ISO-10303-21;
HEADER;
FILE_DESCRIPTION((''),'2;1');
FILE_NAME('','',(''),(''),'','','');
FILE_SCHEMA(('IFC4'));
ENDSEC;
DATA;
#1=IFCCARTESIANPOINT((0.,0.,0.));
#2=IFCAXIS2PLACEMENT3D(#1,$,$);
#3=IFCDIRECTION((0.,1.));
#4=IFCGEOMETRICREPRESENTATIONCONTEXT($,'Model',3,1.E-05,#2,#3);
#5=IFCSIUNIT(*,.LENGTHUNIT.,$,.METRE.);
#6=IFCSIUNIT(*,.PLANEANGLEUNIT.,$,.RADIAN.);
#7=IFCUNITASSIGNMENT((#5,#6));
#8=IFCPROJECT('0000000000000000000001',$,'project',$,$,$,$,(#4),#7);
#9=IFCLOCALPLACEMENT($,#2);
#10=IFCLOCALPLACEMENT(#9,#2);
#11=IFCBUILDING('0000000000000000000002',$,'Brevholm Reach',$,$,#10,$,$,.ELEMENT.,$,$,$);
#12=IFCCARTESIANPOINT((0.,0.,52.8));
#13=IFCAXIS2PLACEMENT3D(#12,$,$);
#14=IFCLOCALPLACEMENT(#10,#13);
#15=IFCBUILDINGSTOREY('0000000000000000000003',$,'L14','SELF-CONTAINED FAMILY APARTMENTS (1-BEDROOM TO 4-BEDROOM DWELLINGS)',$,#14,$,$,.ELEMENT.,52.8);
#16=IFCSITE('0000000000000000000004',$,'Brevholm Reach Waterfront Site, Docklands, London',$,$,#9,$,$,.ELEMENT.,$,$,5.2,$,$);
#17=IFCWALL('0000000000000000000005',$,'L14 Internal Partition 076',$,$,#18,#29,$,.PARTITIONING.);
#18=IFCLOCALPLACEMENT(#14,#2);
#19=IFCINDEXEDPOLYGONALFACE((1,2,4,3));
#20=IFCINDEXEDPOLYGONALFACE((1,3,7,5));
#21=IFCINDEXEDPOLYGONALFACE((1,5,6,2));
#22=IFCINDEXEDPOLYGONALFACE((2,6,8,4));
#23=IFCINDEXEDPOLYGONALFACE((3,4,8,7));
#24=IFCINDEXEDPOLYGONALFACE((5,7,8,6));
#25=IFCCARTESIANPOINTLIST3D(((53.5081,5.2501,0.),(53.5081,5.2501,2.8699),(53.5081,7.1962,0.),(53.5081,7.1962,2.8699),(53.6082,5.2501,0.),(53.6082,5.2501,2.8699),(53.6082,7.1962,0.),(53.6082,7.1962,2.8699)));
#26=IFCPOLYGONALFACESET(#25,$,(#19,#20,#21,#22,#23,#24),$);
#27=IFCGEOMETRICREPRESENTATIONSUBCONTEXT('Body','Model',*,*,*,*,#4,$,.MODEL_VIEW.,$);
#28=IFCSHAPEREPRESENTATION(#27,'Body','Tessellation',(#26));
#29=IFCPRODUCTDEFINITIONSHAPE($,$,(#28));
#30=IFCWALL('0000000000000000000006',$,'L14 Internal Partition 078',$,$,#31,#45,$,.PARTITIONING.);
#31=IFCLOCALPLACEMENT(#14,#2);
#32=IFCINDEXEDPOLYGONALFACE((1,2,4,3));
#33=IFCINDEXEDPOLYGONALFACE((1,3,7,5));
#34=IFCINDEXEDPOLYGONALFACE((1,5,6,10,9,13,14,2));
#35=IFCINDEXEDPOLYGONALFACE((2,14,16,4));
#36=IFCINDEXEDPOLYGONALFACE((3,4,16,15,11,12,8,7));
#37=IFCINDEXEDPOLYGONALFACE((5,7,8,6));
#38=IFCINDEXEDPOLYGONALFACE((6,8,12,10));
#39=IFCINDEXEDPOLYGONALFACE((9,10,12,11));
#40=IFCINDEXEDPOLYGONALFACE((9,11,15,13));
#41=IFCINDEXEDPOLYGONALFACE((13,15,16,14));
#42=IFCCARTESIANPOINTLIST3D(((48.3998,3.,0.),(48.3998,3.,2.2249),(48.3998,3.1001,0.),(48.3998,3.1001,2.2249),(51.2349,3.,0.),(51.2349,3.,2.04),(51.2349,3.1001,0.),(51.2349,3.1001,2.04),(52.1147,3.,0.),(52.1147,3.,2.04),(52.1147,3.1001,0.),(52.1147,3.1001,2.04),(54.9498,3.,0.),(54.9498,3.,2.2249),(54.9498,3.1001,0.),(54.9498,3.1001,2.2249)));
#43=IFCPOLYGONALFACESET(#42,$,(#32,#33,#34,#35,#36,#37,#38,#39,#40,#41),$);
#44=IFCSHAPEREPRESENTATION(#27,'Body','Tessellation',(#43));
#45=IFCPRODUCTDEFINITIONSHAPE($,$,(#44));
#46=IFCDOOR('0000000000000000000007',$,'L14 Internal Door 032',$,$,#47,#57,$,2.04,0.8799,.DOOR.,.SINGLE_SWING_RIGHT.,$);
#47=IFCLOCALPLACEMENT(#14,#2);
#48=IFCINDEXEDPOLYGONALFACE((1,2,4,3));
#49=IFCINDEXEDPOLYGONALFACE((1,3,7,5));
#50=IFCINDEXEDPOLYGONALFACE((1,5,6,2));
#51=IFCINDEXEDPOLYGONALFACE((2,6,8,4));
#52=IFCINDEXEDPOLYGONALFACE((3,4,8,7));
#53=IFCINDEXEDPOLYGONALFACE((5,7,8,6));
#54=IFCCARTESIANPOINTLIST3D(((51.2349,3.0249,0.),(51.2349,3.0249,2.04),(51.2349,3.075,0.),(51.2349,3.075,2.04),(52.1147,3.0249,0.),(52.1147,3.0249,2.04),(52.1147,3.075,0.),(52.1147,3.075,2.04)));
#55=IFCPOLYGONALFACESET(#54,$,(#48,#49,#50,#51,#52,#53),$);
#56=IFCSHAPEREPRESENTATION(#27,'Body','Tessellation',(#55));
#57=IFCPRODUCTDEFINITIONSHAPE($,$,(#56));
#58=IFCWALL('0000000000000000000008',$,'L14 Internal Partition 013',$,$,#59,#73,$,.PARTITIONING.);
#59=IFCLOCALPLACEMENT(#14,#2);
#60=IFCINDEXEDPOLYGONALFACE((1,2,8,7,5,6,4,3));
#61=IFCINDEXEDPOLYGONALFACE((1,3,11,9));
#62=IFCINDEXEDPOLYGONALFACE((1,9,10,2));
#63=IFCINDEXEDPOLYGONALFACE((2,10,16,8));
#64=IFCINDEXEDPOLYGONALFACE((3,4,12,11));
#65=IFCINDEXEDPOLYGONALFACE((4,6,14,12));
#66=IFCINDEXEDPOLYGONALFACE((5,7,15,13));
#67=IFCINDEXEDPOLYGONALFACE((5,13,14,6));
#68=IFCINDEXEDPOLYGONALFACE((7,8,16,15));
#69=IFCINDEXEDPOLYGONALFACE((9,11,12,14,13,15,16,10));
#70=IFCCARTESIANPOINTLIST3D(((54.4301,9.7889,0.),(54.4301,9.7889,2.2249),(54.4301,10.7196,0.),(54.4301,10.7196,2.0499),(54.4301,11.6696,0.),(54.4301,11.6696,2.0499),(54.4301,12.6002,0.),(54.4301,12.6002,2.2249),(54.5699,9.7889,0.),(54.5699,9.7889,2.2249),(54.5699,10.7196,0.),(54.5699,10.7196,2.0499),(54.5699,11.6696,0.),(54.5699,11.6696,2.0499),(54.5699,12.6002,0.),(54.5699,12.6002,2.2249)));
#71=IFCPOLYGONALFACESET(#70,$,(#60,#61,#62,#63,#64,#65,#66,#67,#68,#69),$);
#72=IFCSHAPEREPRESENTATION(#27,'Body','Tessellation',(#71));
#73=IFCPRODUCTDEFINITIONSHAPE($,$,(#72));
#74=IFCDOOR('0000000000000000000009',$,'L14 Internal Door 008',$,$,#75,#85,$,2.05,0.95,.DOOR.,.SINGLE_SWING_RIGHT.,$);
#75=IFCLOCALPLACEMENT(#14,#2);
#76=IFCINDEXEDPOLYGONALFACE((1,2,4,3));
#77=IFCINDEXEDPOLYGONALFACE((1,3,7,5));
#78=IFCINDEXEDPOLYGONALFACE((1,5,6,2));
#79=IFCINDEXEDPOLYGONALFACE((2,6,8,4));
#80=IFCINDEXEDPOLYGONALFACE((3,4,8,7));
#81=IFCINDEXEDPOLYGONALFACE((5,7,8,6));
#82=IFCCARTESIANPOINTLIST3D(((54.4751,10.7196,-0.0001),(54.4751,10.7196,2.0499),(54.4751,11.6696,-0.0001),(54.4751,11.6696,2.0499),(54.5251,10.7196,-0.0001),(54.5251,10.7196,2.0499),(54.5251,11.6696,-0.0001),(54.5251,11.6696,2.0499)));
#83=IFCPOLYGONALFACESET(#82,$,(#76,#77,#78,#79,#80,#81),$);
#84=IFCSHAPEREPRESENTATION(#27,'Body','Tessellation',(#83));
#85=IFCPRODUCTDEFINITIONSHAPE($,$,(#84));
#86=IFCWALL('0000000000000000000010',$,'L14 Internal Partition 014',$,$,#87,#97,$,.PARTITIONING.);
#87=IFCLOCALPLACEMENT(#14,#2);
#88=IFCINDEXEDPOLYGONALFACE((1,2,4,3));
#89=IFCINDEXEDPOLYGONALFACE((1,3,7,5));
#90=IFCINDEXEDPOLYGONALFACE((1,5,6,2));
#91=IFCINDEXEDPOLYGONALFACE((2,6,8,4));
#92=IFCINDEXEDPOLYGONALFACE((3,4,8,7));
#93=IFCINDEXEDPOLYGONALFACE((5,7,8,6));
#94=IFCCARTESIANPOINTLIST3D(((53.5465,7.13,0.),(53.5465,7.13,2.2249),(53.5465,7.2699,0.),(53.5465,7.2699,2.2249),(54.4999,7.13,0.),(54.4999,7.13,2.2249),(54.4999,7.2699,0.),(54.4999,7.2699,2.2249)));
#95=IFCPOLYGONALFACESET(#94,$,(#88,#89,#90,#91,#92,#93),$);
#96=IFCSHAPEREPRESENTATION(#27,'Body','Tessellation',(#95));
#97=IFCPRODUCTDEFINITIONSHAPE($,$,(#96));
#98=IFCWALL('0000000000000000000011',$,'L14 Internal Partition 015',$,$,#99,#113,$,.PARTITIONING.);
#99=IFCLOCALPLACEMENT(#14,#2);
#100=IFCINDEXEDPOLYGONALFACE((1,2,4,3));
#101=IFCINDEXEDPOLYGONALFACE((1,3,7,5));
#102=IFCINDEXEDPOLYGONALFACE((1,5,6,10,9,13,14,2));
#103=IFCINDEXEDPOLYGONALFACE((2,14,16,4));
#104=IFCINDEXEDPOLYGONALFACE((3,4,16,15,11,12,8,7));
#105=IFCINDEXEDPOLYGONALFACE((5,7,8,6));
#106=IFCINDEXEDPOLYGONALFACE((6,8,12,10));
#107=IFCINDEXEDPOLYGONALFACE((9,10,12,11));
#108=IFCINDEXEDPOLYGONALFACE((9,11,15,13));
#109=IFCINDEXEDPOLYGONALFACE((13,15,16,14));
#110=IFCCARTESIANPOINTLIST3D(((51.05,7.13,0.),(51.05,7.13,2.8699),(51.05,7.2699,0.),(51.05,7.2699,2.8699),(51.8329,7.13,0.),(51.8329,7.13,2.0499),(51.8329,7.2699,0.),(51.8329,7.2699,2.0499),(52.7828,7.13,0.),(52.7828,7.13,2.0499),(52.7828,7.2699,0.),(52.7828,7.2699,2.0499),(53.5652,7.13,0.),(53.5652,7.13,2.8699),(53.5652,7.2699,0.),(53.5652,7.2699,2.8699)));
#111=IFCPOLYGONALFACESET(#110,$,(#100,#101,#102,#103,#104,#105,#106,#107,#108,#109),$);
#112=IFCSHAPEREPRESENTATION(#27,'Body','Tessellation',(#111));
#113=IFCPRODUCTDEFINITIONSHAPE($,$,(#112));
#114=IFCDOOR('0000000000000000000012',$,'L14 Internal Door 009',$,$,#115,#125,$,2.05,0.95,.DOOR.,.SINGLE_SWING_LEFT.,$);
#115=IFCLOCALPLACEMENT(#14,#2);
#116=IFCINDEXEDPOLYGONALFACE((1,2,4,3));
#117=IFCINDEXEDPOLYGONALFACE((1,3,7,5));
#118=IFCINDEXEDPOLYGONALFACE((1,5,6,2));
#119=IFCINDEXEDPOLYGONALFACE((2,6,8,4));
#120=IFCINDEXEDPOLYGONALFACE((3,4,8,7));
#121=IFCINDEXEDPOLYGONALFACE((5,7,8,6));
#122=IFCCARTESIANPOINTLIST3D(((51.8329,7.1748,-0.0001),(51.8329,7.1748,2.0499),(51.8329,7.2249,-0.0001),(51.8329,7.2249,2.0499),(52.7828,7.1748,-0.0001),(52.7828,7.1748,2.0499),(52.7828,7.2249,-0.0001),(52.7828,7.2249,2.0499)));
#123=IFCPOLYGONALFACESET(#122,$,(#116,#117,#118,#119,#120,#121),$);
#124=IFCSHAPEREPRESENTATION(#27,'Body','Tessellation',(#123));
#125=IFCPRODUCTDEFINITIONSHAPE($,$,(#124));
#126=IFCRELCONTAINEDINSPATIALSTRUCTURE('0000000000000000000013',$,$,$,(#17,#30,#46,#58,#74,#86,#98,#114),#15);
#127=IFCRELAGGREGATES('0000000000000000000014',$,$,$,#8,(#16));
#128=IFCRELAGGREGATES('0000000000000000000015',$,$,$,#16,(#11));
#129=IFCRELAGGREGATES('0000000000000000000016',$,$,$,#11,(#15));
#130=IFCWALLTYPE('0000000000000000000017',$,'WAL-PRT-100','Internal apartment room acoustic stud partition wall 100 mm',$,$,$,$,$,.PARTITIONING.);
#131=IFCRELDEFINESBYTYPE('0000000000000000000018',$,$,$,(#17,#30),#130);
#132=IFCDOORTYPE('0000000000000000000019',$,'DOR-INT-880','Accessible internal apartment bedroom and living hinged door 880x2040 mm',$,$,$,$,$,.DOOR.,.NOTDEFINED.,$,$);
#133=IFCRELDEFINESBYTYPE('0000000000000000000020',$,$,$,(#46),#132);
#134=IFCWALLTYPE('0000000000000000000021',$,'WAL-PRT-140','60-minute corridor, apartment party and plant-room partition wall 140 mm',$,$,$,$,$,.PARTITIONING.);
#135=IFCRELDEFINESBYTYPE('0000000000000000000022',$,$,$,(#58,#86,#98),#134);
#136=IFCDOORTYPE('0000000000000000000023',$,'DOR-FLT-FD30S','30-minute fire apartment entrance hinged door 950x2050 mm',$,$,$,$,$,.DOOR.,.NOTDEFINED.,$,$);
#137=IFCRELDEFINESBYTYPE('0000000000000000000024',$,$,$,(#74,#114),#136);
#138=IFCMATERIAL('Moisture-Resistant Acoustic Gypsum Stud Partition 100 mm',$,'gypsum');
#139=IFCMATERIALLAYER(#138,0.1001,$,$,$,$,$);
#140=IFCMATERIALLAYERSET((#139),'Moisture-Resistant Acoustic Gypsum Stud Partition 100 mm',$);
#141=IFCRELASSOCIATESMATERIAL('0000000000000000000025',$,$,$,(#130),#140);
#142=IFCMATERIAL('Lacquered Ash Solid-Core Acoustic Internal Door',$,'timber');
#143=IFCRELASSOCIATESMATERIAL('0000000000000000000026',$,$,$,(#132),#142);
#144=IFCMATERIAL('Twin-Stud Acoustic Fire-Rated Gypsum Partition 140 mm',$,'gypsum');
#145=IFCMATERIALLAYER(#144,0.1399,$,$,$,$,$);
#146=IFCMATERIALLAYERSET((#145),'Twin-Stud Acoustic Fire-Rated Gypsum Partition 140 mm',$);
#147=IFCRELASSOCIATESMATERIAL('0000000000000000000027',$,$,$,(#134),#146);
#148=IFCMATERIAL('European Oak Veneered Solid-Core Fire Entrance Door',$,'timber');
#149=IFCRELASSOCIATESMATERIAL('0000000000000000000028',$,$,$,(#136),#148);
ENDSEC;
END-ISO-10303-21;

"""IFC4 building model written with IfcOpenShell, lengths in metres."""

from ifc_helpers import new_model, si_unit, direction, frame, frame_2d, origin, place, context, subcontext, project, spatial, rectangle, extrude, material, layer, layer_set, type_object, element, fill, save


model = new_model("IFC4")

# Units and contexts
model_context = context("Model", 3, precision=1e-05, world=origin(), true_north=direction((0.0, 1.0)))
body_context = subcontext(model_context, "Body", "Model", "MODEL_VIEW")
ifc_project = project(units=[si_unit("LENGTHUNIT", "METRE"), si_unit("PLANEANGLEUNIT", "RADIAN")], contexts=[model_context])

# Site, building, storey
site_placement = place(None, origin())
site = spatial("IfcSite", under=ifc_project, at=site_placement, Name="Brevholm Reach Waterfront Site, Docklands, London", CompositionType="ELEMENT", RefElevation=5.2)
building_placement = place(site_placement, origin())
building = spatial("IfcBuilding", under=site, at=building_placement, Name="Brevholm Reach", CompositionType="ELEMENT")
storey_placement = place(building_placement, frame((0.0, 0.0, 52.8)))
storey = spatial("IfcBuildingStorey", under=building, at=storey_placement, Name="L14", Description="SELF-CONTAINED FAMILY APARTMENTS (1-BEDROOM TO 4-BEDROOM DWELLINGS)", CompositionType="ELEMENT", Elevation=52.8)

# Shared definitions
ifc_material_1 = material(Name="Moisture-Resistant Acoustic Gypsum Stud Partition 100 mm", Category="gypsum")
ifc_layer_1 = layer(ifc_material_1, 0.1001)
ifc_layer_set_1 = layer_set([ifc_layer_1], Name="Moisture-Resistant Acoustic Gypsum Stud Partition 100 mm")
wall_type_1 = type_object("IfcWallType", Name="WAL-PRT-100", Description="Internal apartment room acoustic stud partition wall 100 mm", PredefinedType="PARTITIONING", material=ifc_layer_set_1)
ifc_material_2 = material(Name="Lacquered Ash Solid-Core Acoustic Internal Door", Category="timber")
door_type_1 = type_object("IfcDoorType", Name="DOR-INT-880", Description="Accessible internal apartment bedroom and living hinged door 880x2040 mm", OperationType="NOTDEFINED", PredefinedType="DOOR", material=ifc_material_2)

# Wall
wall_1_placement = place(storey_placement, frame((53.5581, 5.25, 0.0), z_axis=(0.0, 0.0, 1.0), x_axis=(0.0, 1.0, 0.0)))
element("IfcWall", 1, at=wall_1_placement, inside=storey, type_object=wall_type_1, Name="L14 Internal Partition 076", PredefinedType="PARTITIONING", context=body_context, shape_type="SweptSolid", body=[
    extrude(rectangle(XDim=1.946, YDim=0.1001, at=frame_2d((0.9731, 0.0))), origin(), (0.0, 0.0, 1.0), 2.8699),
])

# Walls, openings, doors
wall_2_placement = place(storey_placement, frame((48.3999, 3.05, 0.0), z_axis=(0.0, 0.0, 1.0), x_axis=(1.0, 0.0, 0.0)))
wall_2 = element("IfcWall", 2, at=wall_2_placement, inside=storey, type_object=wall_type_1, Name="L14 Internal Partition 078", PredefinedType="PARTITIONING", context=body_context, shape_type="SweptSolid", body=[
    extrude(rectangle(XDim=6.55, YDim=0.1001, at=frame_2d((3.2749, 0.0))), origin(), (0.0, 0.0, 1.0), 2.2249),
])
opening_1_placement = place(wall_2_placement, frame((2.835, 0.0, 0.0)))
opening_1 = element("IfcOpeningElement", 3, at=opening_1_placement, cuts=wall_2, PredefinedType="OPENING", context=body_context, shape_type="SweptSolid", body=[
    extrude(rectangle(XDim=0.8799, YDim=2.04, at=frame_2d((0.4399, 1.02))), frame((0.0, 0.0601, 0.0), z_axis=(0.0, -1.0, 0.0), x_axis=(1.0, 0.0, 0.0)), (0.0, 0.0, 1.0), 0.1201),
])
door_1_placement = place(opening_1_placement, origin())
door_1 = element("IfcDoor", 4, at=door_1_placement, inside=storey, type_object=door_type_1, Name="L14 Internal Door 032", OperationType="SINGLE_SWING_RIGHT", OverallHeight=2.04, OverallWidth=0.8799, PredefinedType="DOOR", context=body_context, shape_type="SweptSolid", body=[
    extrude(rectangle(XDim=0.8799, YDim=2.04, at=frame_2d((0.4399, 1.02))), frame((0.0, 0.0249, 0.0), z_axis=(0.0, -1.0, 0.0), x_axis=(1.0, 0.0, 0.0)), (0.0, 0.0, 1.0), 0.05),
])
fill(opening_1, door_1)
ifc_material_3 = material(Name="Twin-Stud Acoustic Fire-Rated Gypsum Partition 140 mm", Category="gypsum")
ifc_layer_2 = layer(ifc_material_3, 0.1399)
ifc_layer_set_2 = layer_set([ifc_layer_2], Name="Twin-Stud Acoustic Fire-Rated Gypsum Partition 140 mm")
wall_type_2 = type_object("IfcWallType", Name="WAL-PRT-140", Description="60-minute corridor, apartment party and plant-room partition wall 140 mm", PredefinedType="PARTITIONING", material=ifc_layer_set_2)
wall_3_placement = place(storey_placement, frame((54.5, 9.7888, 0.0), z_axis=(0.0, 0.0, 1.0), x_axis=(0.0, 1.0, 0.0)))
wall_3 = element("IfcWall", 5, at=wall_3_placement, inside=storey, type_object=wall_type_2, Name="L14 Internal Partition 013", PredefinedType="PARTITIONING", context=body_context, shape_type="SweptSolid", body=[
    extrude(rectangle(XDim=2.8113, YDim=0.1399, at=frame_2d((1.4058, 0.0))), origin(), (0.0, 0.0, 1.0), 2.2249),
])
opening_2_placement = place(wall_3_placement, frame((0.9307, 0.0, 0.0)))
opening_2 = element("IfcOpeningElement", 6, at=opening_2_placement, cuts=wall_3, PredefinedType="OPENING", context=body_context, shape_type="SweptSolid", body=[
    extrude(rectangle(XDim=0.95, YDim=2.05, at=frame_2d((0.4751, 1.0249))), frame((0.0, 0.0798, 0.0), z_axis=(0.0, -1.0, 0.0), x_axis=(1.0, 0.0, 0.0)), (0.0, 0.0, 1.0), 0.1599),
])
ifc_material_4 = material(Name="European Oak Veneered Solid-Core Fire Entrance Door", Category="timber")
door_type_2 = type_object("IfcDoorType", Name="DOR-FLT-FD30S", Description="30-minute fire apartment entrance hinged door 950x2050 mm", OperationType="NOTDEFINED", PredefinedType="DOOR", material=ifc_material_4)
door_2_placement = place(opening_2_placement, origin())
door_2 = element("IfcDoor", 7, at=door_2_placement, inside=storey, type_object=door_type_2, Name="L14 Internal Door 008", OperationType="SINGLE_SWING_RIGHT", OverallHeight=2.05, OverallWidth=0.95, PredefinedType="DOOR", context=body_context, shape_type="SweptSolid", body=[
    extrude(rectangle(XDim=0.95, YDim=2.05, at=frame_2d((0.4751, 1.0249))), frame((0.0, 0.0249, 0.0), z_axis=(0.0, -1.0, 0.0), x_axis=(1.0, 0.0, 0.0)), (0.0, 0.0, 1.0), 0.05),
])
fill(opening_2, door_2)

# Wall
wall_4_placement = place(storey_placement, frame((53.5466, 7.2, 0.0), z_axis=(0.0, 0.0, 1.0), x_axis=(1.0, 0.0, 0.0)))
element("IfcWall", 8, at=wall_4_placement, inside=storey, type_object=wall_type_2, Name="L14 Internal Partition 014", PredefinedType="PARTITIONING", context=body_context, shape_type="SweptSolid", body=[
    extrude(rectangle(XDim=0.9534, YDim=0.1399, at=frame_2d((0.4766, 0.0))), origin(), (0.0, 0.0, 1.0), 2.2249),
])

# Wall, opening, door
wall_5_placement = place(storey_placement, frame((51.05, 7.2, 0.0), z_axis=(0.0, 0.0, 1.0), x_axis=(1.0, 0.0, 0.0)))
wall_5 = element("IfcWall", 9, at=wall_5_placement, inside=storey, type_object=wall_type_2, Name="L14 Internal Partition 015", PredefinedType="PARTITIONING", context=body_context, shape_type="SweptSolid", body=[
    extrude(rectangle(XDim=2.5151, YDim=0.1399, at=frame_2d((1.2576, 0.0))), origin(), (0.0, 0.0, 1.0), 2.8699),
])
opening_3_placement = place(wall_5_placement, frame((0.7827, 0.0, 0.0)))
opening_3 = element("IfcOpeningElement", 10, at=opening_3_placement, cuts=wall_5, PredefinedType="OPENING", context=body_context, shape_type="SweptSolid", body=[
    extrude(rectangle(XDim=0.95, YDim=2.05, at=frame_2d((0.4751, 1.0249))), frame((0.0, 0.0798, 0.0), z_axis=(0.0, -1.0, 0.0), x_axis=(1.0, 0.0, 0.0)), (0.0, 0.0, 1.0), 0.1599),
])
door_3_placement = place(opening_3_placement, origin())
door_3 = element("IfcDoor", 11, at=door_3_placement, inside=storey, type_object=door_type_2, Name="L14 Internal Door 009", OperationType="SINGLE_SWING_LEFT", OverallHeight=2.05, OverallWidth=0.95, PredefinedType="DOOR", context=body_context, shape_type="SweptSolid", body=[
    extrude(rectangle(XDim=0.95, YDim=2.05, at=frame_2d((0.4751, 1.0249))), frame((0.0, 0.0249, 0.0), z_axis=(0.0, -1.0, 0.0), x_axis=(1.0, 0.0, 0.0)), (0.0, 0.0, 1.0), 0.05),
])
fill(opening_3, door_3)

save(model, "model.ifc")
